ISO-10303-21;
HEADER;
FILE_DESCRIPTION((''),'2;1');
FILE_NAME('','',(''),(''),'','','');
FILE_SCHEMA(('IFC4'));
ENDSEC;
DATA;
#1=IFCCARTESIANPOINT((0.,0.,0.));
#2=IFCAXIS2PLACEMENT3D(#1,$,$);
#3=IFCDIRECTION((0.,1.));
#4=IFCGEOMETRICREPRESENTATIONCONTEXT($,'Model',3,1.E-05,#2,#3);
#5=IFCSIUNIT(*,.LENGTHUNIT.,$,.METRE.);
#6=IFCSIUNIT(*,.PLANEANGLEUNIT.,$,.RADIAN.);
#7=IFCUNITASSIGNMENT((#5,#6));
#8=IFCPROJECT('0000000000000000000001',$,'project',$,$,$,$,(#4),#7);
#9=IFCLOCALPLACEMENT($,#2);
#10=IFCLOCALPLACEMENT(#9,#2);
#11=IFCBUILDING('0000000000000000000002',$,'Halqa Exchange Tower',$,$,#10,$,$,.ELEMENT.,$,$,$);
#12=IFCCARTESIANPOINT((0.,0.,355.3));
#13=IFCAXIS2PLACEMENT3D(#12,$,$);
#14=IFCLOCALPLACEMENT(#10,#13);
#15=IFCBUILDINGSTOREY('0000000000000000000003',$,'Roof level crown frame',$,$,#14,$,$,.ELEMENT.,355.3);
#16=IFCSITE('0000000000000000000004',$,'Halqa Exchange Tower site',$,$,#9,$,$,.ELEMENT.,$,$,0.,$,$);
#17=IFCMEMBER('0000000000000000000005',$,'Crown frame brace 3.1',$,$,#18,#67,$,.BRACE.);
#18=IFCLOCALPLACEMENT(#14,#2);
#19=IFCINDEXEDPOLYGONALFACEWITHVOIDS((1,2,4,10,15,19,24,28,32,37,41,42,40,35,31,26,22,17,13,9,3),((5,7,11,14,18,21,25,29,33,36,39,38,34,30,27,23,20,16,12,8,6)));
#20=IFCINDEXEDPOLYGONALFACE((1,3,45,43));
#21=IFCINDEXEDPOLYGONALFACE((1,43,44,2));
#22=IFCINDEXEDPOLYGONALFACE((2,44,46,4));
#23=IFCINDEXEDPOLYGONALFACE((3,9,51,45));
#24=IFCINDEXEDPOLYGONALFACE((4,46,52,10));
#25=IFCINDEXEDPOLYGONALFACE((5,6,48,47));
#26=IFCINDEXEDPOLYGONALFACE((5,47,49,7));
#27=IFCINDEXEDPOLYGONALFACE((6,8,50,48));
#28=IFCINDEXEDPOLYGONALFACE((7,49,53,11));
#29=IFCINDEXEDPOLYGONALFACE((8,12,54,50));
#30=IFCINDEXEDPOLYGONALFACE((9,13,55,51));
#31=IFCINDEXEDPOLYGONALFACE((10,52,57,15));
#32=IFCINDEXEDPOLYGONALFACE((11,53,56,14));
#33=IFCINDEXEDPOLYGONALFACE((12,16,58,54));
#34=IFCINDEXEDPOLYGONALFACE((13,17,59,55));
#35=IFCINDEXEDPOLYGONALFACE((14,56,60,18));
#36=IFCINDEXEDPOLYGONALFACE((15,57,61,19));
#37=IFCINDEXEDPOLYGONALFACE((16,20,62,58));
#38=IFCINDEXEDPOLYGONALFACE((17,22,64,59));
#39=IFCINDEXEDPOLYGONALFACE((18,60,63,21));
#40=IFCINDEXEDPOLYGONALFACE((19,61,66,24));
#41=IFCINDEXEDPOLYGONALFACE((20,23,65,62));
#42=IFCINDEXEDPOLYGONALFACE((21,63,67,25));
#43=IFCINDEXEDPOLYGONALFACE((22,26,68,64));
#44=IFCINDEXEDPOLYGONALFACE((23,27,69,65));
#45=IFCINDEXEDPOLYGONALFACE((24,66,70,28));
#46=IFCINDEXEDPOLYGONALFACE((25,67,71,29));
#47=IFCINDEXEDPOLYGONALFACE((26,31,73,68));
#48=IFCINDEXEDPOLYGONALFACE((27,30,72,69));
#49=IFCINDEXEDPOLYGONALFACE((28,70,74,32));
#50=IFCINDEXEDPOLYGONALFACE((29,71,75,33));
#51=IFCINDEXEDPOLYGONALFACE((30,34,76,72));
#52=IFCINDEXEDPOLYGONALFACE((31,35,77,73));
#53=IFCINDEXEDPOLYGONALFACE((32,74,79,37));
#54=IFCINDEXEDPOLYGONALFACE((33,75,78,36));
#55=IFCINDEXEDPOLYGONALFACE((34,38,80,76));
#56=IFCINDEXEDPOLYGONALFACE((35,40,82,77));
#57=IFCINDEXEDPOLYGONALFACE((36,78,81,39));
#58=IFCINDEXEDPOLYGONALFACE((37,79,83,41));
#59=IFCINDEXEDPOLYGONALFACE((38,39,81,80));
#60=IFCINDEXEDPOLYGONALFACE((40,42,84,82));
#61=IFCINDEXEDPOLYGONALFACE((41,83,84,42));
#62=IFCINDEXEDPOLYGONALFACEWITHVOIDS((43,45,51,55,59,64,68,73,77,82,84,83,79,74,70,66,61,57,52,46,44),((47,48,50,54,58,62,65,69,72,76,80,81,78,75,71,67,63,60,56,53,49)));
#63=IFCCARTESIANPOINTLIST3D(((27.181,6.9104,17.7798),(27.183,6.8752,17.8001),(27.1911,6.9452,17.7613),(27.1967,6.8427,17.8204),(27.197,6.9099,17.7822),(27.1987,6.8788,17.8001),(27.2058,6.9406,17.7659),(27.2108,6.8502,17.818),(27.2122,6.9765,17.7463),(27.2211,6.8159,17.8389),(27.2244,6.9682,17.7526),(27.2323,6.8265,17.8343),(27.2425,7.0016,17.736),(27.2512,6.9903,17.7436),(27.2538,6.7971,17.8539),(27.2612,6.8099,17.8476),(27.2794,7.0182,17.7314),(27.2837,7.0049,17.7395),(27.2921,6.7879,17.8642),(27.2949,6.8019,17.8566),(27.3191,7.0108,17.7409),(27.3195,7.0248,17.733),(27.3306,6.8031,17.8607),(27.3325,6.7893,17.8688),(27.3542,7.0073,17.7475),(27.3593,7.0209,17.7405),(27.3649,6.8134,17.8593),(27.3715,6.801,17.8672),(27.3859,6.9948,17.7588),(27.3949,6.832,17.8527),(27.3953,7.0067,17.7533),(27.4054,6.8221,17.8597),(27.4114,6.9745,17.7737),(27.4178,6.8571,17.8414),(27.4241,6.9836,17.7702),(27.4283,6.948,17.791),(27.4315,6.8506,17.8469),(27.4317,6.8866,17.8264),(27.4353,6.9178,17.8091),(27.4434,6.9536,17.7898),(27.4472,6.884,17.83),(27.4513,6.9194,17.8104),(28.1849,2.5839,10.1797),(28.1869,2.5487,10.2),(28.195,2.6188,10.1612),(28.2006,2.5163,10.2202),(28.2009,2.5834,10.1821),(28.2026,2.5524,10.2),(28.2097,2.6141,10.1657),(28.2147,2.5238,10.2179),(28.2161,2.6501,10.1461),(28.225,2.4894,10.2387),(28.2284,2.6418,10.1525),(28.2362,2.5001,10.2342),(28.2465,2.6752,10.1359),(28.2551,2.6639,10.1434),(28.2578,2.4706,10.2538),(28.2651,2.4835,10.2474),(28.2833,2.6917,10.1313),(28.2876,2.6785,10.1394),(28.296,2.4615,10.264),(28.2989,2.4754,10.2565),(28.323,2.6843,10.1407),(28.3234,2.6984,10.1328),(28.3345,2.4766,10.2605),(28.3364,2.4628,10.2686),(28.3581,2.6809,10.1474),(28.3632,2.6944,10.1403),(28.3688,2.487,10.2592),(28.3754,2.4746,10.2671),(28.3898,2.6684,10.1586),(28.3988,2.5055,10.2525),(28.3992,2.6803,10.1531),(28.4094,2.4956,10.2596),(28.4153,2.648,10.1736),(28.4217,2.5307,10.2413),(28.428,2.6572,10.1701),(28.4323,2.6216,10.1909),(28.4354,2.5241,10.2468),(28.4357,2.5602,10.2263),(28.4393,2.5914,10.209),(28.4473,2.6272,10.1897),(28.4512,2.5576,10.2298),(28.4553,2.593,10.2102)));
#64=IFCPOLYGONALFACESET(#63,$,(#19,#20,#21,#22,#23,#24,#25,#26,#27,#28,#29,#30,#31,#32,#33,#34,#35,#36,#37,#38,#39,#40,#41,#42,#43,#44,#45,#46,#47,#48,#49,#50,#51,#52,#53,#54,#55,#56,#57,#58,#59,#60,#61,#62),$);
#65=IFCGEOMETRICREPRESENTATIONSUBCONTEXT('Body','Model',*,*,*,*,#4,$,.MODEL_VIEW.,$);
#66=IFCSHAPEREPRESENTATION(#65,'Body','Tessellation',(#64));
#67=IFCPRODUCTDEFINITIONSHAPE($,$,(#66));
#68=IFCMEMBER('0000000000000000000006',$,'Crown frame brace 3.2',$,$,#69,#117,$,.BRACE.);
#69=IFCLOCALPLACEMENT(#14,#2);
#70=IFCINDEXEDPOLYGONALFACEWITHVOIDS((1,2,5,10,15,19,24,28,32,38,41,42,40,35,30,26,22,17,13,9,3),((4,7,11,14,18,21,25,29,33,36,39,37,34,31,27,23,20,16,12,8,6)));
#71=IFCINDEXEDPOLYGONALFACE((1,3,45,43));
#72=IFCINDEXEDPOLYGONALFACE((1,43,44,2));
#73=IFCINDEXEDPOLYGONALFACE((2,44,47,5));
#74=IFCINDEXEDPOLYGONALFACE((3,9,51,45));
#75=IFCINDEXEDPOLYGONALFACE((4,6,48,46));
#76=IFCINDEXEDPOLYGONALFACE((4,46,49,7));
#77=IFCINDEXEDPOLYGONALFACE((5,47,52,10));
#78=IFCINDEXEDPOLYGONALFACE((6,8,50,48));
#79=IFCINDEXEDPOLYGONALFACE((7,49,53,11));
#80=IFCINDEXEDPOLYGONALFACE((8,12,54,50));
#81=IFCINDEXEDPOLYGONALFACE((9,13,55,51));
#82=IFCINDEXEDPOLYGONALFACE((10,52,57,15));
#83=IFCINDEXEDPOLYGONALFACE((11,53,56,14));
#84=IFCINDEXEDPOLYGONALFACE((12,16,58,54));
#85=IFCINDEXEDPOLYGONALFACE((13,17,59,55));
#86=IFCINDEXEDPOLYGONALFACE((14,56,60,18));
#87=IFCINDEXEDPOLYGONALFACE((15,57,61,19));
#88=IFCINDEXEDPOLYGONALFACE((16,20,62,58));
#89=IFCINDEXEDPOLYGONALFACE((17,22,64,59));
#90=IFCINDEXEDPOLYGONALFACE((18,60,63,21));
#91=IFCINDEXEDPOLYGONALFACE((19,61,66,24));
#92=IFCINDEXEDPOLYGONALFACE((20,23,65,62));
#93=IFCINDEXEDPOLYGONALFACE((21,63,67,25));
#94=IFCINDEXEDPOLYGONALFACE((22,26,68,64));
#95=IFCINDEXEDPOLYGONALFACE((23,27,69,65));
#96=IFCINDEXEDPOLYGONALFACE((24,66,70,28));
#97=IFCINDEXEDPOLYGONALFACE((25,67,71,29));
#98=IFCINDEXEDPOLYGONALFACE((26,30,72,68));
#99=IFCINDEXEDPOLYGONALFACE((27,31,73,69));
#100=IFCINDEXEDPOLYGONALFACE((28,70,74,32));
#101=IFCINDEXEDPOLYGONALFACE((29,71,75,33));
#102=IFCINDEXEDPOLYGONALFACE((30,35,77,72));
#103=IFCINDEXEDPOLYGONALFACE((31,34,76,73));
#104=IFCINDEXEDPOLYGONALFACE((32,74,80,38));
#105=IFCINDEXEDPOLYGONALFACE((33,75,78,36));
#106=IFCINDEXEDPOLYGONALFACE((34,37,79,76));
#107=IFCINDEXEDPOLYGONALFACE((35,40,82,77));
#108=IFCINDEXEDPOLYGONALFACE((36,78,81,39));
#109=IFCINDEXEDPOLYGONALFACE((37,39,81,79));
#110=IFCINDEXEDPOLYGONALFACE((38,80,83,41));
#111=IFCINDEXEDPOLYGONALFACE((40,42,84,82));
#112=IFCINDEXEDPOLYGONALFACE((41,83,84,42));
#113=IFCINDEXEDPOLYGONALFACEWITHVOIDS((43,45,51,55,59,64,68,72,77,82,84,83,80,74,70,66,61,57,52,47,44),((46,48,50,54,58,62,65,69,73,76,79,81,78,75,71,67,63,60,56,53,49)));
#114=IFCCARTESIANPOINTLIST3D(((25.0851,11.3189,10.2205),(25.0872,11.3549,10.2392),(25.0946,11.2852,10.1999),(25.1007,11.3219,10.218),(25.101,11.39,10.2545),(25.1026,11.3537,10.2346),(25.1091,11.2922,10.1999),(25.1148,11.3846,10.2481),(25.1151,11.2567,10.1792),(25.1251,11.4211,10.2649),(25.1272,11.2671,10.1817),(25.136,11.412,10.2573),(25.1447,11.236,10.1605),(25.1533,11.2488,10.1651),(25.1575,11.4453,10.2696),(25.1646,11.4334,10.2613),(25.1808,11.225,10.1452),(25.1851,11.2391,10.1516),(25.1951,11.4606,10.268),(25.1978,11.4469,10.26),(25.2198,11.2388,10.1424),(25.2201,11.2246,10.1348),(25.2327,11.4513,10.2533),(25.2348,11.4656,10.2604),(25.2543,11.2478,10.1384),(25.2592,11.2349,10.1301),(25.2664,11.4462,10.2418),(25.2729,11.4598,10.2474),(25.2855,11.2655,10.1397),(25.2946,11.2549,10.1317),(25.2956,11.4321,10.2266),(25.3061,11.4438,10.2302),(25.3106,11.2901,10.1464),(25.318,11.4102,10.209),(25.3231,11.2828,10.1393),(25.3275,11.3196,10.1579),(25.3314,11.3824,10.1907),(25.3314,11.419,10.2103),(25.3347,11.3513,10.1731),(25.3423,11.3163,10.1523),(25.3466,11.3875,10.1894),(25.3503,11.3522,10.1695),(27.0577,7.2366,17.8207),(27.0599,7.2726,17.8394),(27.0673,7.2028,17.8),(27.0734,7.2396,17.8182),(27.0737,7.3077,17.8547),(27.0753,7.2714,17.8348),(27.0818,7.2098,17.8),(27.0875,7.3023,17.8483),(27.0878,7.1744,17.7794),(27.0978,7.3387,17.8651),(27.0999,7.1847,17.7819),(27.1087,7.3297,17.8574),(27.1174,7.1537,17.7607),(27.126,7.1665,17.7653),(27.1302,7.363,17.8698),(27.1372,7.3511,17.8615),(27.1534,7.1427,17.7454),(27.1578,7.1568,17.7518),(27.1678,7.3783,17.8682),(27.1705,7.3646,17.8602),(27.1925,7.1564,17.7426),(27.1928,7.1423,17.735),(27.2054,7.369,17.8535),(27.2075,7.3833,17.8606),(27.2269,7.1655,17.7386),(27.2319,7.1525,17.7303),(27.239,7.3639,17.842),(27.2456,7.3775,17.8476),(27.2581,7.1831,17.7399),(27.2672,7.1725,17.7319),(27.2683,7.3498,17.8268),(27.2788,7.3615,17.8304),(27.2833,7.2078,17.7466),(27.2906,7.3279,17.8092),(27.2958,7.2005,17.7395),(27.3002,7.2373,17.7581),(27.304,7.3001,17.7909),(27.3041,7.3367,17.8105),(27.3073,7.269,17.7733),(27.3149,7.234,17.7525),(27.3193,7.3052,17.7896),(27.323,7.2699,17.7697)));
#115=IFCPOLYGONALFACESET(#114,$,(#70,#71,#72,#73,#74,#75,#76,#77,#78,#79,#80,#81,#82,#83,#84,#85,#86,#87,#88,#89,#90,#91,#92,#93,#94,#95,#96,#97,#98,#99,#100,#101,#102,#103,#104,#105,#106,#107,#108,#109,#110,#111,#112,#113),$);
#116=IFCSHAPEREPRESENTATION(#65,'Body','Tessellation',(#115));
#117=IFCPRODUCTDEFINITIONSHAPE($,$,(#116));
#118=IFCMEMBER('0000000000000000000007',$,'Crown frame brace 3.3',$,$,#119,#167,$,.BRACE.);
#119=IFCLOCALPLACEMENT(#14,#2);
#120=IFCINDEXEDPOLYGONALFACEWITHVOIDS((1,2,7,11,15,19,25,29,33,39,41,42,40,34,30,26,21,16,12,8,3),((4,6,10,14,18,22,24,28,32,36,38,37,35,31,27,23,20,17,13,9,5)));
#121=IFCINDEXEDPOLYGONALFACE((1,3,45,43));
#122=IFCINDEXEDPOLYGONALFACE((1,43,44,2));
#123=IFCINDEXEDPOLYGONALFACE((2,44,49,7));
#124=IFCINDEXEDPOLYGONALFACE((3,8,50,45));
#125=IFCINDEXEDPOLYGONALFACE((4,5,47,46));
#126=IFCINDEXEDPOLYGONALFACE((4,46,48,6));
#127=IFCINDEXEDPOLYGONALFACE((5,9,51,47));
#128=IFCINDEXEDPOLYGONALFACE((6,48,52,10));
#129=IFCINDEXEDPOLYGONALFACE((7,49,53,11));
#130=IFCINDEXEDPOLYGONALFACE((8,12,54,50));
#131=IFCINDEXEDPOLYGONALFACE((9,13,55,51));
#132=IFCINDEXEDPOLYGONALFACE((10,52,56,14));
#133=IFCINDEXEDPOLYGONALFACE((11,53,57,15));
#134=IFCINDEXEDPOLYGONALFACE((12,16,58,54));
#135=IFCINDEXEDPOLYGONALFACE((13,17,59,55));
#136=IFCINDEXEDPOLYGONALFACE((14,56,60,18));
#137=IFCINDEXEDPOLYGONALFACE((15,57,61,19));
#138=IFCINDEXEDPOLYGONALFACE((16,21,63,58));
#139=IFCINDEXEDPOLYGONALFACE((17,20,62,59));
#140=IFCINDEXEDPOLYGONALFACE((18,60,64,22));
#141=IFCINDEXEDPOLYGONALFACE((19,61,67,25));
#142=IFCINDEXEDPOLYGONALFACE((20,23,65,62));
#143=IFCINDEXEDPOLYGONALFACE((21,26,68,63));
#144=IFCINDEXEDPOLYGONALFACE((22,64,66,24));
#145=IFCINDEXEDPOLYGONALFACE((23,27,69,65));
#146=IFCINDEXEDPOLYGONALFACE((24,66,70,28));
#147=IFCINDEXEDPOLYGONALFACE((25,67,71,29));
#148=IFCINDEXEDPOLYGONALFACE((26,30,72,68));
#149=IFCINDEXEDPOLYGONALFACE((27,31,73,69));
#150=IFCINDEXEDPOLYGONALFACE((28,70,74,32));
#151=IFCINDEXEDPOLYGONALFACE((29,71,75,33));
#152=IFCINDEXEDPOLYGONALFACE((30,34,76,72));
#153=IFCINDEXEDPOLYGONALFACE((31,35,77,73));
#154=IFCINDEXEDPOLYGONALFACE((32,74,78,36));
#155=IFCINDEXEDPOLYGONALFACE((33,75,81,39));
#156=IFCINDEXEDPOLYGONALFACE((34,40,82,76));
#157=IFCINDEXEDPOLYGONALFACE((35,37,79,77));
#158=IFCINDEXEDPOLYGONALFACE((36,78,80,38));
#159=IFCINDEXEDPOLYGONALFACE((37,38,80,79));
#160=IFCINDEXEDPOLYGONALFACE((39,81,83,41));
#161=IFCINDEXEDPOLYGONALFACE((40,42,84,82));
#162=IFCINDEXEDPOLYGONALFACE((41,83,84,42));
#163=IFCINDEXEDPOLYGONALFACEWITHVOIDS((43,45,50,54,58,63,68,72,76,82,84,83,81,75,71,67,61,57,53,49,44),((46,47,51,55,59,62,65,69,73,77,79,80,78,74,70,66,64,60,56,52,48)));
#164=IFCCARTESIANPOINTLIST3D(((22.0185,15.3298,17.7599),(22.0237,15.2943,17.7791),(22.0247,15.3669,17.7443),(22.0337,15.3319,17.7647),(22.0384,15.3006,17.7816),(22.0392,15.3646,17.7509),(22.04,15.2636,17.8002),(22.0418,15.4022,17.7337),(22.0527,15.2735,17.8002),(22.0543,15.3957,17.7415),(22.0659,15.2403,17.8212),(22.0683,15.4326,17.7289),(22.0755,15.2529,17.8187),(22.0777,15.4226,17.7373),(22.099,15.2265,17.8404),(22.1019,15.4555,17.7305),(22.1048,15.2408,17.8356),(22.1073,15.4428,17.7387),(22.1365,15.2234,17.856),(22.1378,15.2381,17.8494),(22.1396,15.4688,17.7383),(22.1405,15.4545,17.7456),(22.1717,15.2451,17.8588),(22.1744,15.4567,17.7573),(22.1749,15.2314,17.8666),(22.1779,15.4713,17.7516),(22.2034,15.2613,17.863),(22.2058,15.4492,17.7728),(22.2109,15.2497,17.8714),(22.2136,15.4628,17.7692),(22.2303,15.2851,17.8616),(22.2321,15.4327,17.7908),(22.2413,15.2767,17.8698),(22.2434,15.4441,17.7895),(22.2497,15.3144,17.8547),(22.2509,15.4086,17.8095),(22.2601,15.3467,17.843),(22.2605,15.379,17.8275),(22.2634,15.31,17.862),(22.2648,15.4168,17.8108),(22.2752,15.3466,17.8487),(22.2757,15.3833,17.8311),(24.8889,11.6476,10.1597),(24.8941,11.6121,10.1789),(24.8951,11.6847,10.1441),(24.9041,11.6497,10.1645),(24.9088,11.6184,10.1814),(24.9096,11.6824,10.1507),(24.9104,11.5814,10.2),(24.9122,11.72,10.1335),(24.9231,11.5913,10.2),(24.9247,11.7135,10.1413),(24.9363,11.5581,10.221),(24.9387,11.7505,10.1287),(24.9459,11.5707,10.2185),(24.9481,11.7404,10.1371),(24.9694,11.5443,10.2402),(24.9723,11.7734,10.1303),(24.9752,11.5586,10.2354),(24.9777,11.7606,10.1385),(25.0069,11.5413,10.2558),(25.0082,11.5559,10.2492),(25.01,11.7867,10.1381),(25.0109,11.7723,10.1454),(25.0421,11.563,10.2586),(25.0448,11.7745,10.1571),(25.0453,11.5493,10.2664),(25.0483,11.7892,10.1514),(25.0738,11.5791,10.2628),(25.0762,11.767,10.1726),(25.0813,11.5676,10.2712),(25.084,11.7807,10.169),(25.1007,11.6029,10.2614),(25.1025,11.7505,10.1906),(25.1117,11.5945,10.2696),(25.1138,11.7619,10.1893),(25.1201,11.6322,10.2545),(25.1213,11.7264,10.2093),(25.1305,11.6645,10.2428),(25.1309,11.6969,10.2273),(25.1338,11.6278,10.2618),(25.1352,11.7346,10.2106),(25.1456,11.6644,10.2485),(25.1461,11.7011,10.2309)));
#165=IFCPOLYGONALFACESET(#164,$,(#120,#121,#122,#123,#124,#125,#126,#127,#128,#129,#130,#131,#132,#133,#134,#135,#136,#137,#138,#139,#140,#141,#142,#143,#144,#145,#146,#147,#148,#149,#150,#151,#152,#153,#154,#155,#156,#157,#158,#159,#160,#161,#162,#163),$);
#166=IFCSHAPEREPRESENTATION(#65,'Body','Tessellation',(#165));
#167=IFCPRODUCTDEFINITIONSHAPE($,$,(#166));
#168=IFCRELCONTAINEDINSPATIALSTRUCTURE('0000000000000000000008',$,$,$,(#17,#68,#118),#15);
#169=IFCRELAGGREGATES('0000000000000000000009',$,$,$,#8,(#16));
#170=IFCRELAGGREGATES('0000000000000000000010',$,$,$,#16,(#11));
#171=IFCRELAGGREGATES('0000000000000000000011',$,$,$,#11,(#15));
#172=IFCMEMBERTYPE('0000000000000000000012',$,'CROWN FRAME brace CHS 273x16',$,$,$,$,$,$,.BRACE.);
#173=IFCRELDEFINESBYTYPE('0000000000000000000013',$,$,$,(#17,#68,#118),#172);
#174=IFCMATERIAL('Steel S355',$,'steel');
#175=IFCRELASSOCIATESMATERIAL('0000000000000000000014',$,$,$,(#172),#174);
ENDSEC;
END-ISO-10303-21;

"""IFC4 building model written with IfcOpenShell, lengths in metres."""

from ifc_helpers import new_model, si_unit, direction, frame, origin, origin_2d, place, context, subcontext, project, spatial, hollow_circle, extrude, material, material_profile, profile_set, type_object, element, save


model = new_model("IFC4")

# Units and contexts
model_context = context("Model", 3, precision=1e-05, world=origin(), true_north=direction((0.0, 1.0)))
body_context = subcontext(model_context, "Body", "Model", "MODEL_VIEW")
ifc_project = project(units=[si_unit("LENGTHUNIT", "METRE"), si_unit("PLANEANGLEUNIT", "RADIAN")], contexts=[model_context])

# Site, building, storey
site_placement = place(None, origin())
site = spatial("IfcSite", under=ifc_project, at=site_placement, Name="Halqa Exchange Tower site", CompositionType="ELEMENT", RefElevation=0.0)
building_placement = place(site_placement, origin())
building = spatial("IfcBuilding", under=site, at=building_placement, Name="Halqa Exchange Tower", CompositionType="ELEMENT")
storey_placement = place(building_placement, frame((0.0, 0.0, 355.3)))
storey = spatial("IfcBuildingStorey", under=building, at=storey_placement, Name="Roof level crown frame", CompositionType="ELEMENT", Elevation=355.3)

# Members
ifc_material_1 = material(Name="Steel S355", Category="steel")
ifc_material_profile_1 = material_profile(ifc_material_1, hollow_circle(Radius=0.1365, WallThickness=0.0161, at=origin_2d()), Name="CHS 273x16")
ifc_profile_set_1 = profile_set([ifc_material_profile_1], Name="Steel S355")
member_type = type_object("IfcMemberType", Name="CROWN FRAME brace CHS 273x16", PredefinedType="BRACE", material=ifc_profile_set_1)
member_1_placement = place(storey_placement, frame((28.3198, 2.5796, 10.2), z_axis=(-0.114046, 0.491488, 0.863384), x_axis=(-0.974119, -0.226036, 0.0)))
element("IfcMember", 1, at=member_1_placement, inside=storey, type_object=member_type, Name="Crown frame brace 3.1", PredefinedType="BRACE", context=body_context, shape_type="SweptSolid", body=[
    extrude(hollow_circle(Radius=0.1365, WallThickness=0.0161, at=origin_2d()), origin(), (0.0, 0.0, 1.0), 8.8027),
])
member_2_placement = place(storey_placement, frame((27.1902, 7.2622, 17.8), z_axis=(-0.222906, 0.461288, -0.858794), x_axis=(-0.900387, -0.435089, 0.0)))
element("IfcMember", 2, at=member_2_placement, inside=storey, type_object=member_type, Name="Crown frame brace 3.2", PredefinedType="BRACE", context=body_context, shape_type="SweptSolid", body=[
    extrude(hollow_circle(Radius=0.1365, WallThickness=0.0161, at=origin_2d()), origin(), (0.0, 0.0, 1.0), 8.8499),
])
member_3_placement = place(storey_placement, frame((25.0181, 11.6653, 10.2), z_axis=(-0.321805, 0.412815, 0.852071), x_axis=(-0.788679, -0.614805, 0.0)))
element("IfcMember", 3, at=member_3_placement, inside=storey, type_object=member_type, Name="Crown frame brace 3.3", PredefinedType="BRACE", context=body_context, shape_type="SweptSolid", body=[
    extrude(hollow_circle(Radius=0.1365, WallThickness=0.0161, at=origin_2d()), origin(), (0.0, 0.0, 1.0), 8.9197),
])

save(model, "model.ifc")
